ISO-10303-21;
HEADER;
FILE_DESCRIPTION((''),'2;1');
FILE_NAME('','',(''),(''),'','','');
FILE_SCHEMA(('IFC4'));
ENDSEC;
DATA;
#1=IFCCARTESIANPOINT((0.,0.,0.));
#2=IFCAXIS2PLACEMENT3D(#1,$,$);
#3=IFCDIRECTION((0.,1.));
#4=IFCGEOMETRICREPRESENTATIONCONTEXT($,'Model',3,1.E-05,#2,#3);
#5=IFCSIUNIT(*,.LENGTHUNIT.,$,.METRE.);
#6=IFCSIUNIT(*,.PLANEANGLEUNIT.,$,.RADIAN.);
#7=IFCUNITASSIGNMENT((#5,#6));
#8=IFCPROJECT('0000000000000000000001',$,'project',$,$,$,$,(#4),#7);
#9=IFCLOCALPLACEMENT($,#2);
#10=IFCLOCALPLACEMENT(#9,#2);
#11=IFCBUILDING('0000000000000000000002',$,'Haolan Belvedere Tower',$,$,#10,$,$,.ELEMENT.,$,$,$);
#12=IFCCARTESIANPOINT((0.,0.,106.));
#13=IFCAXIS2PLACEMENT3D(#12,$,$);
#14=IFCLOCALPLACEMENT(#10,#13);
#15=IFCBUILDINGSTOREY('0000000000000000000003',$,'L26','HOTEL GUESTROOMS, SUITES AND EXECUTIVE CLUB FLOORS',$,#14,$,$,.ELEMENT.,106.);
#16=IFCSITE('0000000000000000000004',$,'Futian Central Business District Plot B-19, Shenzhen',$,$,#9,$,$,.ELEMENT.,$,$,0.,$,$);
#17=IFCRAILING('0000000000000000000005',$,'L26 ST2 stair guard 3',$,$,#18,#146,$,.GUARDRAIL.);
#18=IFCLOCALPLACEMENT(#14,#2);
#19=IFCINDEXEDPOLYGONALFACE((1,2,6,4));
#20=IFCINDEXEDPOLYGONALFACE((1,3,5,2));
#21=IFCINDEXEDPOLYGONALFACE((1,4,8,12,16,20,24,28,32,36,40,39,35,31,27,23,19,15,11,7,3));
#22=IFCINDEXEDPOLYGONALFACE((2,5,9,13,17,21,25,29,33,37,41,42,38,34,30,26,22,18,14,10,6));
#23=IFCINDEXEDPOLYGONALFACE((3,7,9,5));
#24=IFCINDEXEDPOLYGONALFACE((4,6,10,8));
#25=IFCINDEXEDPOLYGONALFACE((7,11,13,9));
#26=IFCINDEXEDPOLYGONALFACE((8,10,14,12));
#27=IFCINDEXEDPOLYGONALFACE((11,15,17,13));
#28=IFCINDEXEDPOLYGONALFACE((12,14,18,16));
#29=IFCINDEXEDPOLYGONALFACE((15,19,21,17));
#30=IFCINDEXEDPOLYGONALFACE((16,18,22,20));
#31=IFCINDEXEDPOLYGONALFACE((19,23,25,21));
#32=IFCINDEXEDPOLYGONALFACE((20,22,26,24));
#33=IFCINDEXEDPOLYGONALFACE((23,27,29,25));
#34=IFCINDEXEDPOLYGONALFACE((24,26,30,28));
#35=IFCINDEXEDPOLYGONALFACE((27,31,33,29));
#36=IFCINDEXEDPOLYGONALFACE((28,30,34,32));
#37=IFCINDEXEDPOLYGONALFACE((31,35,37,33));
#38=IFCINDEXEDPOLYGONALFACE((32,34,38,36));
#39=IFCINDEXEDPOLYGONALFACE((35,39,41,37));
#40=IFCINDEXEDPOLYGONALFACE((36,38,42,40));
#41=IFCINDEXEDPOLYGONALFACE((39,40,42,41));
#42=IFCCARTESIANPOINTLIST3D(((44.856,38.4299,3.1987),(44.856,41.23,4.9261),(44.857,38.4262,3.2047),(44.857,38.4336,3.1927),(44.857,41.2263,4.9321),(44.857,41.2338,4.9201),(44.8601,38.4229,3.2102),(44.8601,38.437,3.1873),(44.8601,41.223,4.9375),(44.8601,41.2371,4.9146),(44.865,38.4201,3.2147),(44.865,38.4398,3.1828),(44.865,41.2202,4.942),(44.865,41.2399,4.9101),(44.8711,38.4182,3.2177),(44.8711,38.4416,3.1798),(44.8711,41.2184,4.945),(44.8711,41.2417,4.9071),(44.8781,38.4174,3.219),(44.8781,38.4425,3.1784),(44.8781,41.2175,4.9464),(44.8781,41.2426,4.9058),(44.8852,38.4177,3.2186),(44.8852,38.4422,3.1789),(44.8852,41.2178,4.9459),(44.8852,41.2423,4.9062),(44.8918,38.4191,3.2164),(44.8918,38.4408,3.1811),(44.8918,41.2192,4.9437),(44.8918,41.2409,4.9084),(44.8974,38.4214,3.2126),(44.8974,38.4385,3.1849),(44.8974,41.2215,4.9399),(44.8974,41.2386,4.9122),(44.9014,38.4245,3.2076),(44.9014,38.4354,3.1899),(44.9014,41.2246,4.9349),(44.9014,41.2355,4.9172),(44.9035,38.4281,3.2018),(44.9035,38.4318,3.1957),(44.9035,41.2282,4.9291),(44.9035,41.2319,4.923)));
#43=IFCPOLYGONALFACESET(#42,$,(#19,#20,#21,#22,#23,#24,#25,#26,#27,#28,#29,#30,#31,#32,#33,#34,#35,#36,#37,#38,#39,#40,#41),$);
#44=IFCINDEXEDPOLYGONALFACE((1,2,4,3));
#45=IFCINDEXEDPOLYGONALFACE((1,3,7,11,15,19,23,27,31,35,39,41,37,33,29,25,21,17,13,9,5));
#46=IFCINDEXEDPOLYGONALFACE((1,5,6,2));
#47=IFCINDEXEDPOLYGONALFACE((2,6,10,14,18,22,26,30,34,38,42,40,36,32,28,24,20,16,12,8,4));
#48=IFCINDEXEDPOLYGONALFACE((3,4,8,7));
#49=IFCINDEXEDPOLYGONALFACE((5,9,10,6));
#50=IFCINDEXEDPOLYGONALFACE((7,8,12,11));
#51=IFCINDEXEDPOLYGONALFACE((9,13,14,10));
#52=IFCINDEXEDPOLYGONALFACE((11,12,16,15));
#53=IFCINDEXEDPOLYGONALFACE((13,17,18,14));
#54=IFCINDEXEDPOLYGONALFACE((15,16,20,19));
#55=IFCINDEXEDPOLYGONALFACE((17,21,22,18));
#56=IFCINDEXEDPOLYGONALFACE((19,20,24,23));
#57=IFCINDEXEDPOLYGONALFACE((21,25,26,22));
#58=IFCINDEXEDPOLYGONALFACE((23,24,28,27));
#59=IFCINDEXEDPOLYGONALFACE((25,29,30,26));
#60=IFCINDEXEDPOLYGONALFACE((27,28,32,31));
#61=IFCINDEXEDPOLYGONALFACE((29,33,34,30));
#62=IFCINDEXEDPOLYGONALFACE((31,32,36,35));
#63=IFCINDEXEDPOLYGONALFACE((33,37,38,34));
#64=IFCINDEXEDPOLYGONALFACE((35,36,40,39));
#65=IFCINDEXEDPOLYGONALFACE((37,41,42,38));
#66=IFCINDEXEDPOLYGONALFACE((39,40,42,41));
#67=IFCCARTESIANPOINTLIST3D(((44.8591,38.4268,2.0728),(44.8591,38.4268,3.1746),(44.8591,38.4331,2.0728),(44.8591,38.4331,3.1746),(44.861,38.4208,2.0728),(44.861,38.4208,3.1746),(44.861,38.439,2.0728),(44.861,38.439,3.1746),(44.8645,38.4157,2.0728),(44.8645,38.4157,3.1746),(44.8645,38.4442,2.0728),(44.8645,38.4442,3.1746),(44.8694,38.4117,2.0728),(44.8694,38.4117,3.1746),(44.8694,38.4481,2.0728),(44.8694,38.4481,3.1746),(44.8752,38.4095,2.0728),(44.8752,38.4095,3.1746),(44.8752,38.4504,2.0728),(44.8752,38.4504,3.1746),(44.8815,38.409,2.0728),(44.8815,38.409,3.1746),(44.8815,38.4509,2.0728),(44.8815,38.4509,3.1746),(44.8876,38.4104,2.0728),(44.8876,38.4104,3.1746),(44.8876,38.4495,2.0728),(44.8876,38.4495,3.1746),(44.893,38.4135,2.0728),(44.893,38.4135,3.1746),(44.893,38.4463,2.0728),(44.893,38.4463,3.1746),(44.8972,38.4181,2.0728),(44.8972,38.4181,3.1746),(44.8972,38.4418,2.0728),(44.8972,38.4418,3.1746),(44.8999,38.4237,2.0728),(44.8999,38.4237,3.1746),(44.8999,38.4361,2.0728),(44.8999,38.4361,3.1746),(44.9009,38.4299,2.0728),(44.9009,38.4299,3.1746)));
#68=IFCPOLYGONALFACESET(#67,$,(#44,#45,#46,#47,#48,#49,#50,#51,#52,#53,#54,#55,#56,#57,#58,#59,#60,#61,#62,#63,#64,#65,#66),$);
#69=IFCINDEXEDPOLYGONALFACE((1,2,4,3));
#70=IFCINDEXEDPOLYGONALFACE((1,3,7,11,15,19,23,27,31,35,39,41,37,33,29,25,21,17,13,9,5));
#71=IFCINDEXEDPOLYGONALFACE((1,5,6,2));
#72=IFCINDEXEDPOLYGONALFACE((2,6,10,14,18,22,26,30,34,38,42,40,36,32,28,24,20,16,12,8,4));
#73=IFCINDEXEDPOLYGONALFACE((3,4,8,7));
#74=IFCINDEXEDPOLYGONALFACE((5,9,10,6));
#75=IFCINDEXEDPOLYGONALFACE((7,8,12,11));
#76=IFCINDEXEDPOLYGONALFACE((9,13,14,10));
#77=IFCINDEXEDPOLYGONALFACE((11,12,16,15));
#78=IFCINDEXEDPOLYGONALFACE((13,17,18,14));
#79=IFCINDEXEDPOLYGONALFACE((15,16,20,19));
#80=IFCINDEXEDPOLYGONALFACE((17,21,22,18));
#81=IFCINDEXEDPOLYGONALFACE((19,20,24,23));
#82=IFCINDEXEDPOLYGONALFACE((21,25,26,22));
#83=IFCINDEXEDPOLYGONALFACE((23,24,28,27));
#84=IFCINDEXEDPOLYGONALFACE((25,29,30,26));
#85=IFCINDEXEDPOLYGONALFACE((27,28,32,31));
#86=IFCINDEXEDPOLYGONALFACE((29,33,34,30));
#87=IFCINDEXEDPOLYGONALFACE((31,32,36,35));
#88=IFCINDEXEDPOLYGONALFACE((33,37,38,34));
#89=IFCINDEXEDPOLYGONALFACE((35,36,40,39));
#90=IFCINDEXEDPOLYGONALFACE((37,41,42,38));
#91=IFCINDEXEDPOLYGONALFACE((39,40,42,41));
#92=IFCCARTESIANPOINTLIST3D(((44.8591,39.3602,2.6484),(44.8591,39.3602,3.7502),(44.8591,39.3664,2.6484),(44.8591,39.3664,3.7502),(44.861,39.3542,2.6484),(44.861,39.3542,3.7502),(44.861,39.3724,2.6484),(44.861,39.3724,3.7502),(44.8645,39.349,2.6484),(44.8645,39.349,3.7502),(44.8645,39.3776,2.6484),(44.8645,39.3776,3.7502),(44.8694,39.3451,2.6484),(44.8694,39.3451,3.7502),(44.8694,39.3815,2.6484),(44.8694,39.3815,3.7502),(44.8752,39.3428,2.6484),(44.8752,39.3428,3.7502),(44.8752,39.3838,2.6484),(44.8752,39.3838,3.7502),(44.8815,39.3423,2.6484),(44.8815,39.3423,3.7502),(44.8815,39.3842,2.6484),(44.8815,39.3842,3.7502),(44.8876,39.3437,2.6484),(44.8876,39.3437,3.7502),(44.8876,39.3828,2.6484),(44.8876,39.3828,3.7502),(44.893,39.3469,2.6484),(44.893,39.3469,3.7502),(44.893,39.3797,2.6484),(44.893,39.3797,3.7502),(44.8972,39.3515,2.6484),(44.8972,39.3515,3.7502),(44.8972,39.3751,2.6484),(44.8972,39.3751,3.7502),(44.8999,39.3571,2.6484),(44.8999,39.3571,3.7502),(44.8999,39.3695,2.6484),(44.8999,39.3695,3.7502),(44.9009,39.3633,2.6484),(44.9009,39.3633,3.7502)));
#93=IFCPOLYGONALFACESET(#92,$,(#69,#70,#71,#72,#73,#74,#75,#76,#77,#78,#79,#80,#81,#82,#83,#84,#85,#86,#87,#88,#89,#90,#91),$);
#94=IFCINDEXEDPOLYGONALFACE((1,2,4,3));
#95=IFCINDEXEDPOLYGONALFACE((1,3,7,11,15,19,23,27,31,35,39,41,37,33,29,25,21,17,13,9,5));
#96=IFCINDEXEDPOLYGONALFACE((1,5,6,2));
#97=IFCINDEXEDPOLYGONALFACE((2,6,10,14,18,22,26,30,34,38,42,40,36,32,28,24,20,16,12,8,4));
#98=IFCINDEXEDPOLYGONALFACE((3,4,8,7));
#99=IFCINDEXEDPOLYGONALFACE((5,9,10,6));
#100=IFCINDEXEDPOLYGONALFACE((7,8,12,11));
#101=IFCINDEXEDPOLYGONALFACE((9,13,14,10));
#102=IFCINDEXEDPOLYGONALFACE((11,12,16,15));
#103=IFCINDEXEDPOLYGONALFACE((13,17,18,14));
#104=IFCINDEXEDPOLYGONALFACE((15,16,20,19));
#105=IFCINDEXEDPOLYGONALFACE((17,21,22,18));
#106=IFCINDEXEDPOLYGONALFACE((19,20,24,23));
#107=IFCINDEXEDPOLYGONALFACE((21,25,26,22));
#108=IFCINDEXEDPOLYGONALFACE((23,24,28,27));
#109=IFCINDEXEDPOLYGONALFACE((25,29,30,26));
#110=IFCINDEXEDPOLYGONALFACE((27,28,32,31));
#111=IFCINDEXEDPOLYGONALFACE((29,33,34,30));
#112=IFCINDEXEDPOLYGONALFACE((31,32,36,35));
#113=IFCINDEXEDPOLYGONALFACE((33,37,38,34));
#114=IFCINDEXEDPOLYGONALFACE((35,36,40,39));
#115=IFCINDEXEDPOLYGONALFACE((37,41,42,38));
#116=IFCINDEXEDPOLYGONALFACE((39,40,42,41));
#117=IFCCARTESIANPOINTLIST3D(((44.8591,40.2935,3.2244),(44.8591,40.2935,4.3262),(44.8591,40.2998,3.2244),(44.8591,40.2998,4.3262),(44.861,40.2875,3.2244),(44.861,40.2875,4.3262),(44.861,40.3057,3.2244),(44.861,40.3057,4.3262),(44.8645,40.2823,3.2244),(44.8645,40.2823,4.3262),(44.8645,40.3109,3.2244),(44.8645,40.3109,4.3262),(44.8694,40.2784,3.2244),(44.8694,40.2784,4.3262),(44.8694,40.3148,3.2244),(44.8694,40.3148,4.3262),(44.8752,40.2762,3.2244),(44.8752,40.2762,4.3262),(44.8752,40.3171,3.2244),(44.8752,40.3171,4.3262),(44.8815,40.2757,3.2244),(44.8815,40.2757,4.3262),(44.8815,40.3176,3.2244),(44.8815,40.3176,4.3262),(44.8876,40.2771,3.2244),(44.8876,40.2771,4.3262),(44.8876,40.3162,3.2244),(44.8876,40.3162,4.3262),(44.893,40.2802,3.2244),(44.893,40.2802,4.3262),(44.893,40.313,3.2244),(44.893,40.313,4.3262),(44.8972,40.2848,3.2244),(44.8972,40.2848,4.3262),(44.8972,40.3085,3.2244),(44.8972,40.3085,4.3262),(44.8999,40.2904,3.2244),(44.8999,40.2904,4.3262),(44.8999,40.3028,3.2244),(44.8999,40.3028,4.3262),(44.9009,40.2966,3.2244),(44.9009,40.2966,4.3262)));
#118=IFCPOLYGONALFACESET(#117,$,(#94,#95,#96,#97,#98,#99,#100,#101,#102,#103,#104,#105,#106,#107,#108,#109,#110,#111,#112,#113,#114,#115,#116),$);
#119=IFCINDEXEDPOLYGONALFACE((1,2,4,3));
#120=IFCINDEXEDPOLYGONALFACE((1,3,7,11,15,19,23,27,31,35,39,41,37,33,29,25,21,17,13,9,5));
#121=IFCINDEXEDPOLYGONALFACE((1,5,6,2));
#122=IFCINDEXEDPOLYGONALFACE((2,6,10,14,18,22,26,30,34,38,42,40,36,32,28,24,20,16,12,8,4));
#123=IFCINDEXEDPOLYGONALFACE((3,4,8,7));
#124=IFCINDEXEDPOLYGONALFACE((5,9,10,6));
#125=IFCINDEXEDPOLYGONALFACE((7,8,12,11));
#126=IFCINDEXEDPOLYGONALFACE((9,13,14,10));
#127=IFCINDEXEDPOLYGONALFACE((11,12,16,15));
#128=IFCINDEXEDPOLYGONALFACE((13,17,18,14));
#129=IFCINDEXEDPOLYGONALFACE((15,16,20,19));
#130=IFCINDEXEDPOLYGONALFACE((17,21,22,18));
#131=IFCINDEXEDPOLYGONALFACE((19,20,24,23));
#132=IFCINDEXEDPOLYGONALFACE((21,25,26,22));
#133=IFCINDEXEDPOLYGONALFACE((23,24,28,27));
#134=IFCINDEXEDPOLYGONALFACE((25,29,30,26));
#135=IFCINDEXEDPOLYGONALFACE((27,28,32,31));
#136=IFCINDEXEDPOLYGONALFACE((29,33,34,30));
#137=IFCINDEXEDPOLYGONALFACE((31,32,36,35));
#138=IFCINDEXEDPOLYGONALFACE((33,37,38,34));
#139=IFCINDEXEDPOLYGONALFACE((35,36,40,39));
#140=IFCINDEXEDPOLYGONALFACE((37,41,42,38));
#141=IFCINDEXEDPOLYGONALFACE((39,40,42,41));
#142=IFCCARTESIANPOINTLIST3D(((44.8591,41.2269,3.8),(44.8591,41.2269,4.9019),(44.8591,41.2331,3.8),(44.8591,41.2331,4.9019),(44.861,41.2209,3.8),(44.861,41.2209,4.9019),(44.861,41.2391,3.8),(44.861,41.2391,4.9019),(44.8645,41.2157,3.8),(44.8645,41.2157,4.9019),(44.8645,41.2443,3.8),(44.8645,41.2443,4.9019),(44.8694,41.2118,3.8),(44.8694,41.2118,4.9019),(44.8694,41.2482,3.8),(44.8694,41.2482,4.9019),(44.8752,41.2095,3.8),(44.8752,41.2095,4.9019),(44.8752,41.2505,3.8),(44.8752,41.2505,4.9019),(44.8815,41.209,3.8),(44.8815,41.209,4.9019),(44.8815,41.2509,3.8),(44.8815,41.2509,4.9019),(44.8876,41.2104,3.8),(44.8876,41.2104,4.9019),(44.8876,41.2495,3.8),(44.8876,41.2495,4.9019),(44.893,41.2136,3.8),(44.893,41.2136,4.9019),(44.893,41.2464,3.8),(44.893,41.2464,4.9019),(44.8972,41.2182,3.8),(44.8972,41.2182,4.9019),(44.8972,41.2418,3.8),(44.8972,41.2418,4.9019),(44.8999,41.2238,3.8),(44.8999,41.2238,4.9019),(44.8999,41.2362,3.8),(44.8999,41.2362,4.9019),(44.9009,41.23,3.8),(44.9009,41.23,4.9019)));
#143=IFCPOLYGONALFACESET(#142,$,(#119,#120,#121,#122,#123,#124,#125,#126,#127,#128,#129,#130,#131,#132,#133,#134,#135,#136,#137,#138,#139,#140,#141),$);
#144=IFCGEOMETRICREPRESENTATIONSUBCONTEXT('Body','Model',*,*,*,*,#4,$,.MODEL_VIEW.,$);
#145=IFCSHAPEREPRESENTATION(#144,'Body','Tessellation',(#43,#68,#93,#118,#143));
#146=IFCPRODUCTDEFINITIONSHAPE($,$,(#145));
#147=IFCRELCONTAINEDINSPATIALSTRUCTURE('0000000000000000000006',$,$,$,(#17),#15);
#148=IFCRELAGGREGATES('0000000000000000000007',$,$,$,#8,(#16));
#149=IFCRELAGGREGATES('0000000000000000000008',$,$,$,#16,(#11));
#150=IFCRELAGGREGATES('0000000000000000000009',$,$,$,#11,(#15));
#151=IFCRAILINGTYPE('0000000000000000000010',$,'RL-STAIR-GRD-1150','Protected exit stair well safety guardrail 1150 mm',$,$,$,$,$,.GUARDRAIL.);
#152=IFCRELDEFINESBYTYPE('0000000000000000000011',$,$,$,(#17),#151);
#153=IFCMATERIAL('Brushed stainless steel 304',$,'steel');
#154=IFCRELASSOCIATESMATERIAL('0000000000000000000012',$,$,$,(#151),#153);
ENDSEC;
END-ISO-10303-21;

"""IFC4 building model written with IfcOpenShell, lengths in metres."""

from ifc_helpers import new_model, si_unit, direction, frame, origin, origin_2d, place, context, subcontext, project, spatial, circle, extrude, material, type_object, element, save


model = new_model("IFC4")

# Units and contexts
model_context = context("Model", 3, precision=1e-05, world=origin(), true_north=direction((0.0, 1.0)))
body_context = subcontext(model_context, "Body", "Model", "MODEL_VIEW")
ifc_project = project(units=[si_unit("LENGTHUNIT", "METRE"), si_unit("PLANEANGLEUNIT", "RADIAN")], contexts=[model_context])

# Site, building, storey
site_placement = place(None, origin())
site = spatial("IfcSite", under=ifc_project, at=site_placement, Name="Futian Central Business District Plot B-19, Shenzhen", CompositionType="ELEMENT", RefElevation=0.0)
building_placement = place(site_placement, origin())
building = spatial("IfcBuilding", under=site, at=building_placement, Name="Haolan Belvedere Tower", CompositionType="ELEMENT")
storey_placement = place(building_placement, frame((0.0, 0.0, 106.0)))
storey = spatial("IfcBuildingStorey", under=building, at=storey_placement, Name="L26", Description="HOTEL GUESTROOMS, SUITES AND EXECUTIVE CLUB FLOORS", CompositionType="ELEMENT", Elevation=106.0)

# Railing
ifc_material_1 = material(Name="Brushed stainless steel 304", Category="steel")
railing_type_1 = type_object("IfcRailingType", Name="RL-STAIR-GRD-1150", Description="Protected exit stair well safety guardrail 1150 mm", PredefinedType="GUARDRAIL", material=ifc_material_1)
railing_1_placement = place(storey_placement, frame((44.8799, 38.4299, 2.0728)))
element("IfcRailing", 1, at=railing_1_placement, inside=storey, type_object=railing_type_1, Name="L26 ST2 stair guard 3", PredefinedType="GUARDRAIL", context=body_context, shape_type="SweptSolid", body=[
    extrude(circle(Radius=0.0239, at=origin_2d()), frame((0.0, 0.0, 1.126), z_axis=(0.0, 0.85109, 0.52502), x_axis=(-1.0, 0.0, 0.0)), (0.0, 0.0, 1.0), 3.29),
    extrude(circle(Radius=0.021, at=origin_2d()), origin(), (0.0, 0.0, 1.0), 1.1018),
    extrude(circle(Radius=0.021, at=origin_2d()), frame((0.0, 0.9333, 0.5757)), (0.0, 0.0, 1.0), 1.1018),
    extrude(circle(Radius=0.021, at=origin_2d()), frame((0.0, 1.8667, 1.1516)), (0.0, 0.0, 1.0), 1.1018),
    extrude(circle(Radius=0.021, at=origin_2d()), frame((0.0, 2.8, 1.7273)), (0.0, 0.0, 1.0), 1.1018),
])

save(model, "model.ifc")
